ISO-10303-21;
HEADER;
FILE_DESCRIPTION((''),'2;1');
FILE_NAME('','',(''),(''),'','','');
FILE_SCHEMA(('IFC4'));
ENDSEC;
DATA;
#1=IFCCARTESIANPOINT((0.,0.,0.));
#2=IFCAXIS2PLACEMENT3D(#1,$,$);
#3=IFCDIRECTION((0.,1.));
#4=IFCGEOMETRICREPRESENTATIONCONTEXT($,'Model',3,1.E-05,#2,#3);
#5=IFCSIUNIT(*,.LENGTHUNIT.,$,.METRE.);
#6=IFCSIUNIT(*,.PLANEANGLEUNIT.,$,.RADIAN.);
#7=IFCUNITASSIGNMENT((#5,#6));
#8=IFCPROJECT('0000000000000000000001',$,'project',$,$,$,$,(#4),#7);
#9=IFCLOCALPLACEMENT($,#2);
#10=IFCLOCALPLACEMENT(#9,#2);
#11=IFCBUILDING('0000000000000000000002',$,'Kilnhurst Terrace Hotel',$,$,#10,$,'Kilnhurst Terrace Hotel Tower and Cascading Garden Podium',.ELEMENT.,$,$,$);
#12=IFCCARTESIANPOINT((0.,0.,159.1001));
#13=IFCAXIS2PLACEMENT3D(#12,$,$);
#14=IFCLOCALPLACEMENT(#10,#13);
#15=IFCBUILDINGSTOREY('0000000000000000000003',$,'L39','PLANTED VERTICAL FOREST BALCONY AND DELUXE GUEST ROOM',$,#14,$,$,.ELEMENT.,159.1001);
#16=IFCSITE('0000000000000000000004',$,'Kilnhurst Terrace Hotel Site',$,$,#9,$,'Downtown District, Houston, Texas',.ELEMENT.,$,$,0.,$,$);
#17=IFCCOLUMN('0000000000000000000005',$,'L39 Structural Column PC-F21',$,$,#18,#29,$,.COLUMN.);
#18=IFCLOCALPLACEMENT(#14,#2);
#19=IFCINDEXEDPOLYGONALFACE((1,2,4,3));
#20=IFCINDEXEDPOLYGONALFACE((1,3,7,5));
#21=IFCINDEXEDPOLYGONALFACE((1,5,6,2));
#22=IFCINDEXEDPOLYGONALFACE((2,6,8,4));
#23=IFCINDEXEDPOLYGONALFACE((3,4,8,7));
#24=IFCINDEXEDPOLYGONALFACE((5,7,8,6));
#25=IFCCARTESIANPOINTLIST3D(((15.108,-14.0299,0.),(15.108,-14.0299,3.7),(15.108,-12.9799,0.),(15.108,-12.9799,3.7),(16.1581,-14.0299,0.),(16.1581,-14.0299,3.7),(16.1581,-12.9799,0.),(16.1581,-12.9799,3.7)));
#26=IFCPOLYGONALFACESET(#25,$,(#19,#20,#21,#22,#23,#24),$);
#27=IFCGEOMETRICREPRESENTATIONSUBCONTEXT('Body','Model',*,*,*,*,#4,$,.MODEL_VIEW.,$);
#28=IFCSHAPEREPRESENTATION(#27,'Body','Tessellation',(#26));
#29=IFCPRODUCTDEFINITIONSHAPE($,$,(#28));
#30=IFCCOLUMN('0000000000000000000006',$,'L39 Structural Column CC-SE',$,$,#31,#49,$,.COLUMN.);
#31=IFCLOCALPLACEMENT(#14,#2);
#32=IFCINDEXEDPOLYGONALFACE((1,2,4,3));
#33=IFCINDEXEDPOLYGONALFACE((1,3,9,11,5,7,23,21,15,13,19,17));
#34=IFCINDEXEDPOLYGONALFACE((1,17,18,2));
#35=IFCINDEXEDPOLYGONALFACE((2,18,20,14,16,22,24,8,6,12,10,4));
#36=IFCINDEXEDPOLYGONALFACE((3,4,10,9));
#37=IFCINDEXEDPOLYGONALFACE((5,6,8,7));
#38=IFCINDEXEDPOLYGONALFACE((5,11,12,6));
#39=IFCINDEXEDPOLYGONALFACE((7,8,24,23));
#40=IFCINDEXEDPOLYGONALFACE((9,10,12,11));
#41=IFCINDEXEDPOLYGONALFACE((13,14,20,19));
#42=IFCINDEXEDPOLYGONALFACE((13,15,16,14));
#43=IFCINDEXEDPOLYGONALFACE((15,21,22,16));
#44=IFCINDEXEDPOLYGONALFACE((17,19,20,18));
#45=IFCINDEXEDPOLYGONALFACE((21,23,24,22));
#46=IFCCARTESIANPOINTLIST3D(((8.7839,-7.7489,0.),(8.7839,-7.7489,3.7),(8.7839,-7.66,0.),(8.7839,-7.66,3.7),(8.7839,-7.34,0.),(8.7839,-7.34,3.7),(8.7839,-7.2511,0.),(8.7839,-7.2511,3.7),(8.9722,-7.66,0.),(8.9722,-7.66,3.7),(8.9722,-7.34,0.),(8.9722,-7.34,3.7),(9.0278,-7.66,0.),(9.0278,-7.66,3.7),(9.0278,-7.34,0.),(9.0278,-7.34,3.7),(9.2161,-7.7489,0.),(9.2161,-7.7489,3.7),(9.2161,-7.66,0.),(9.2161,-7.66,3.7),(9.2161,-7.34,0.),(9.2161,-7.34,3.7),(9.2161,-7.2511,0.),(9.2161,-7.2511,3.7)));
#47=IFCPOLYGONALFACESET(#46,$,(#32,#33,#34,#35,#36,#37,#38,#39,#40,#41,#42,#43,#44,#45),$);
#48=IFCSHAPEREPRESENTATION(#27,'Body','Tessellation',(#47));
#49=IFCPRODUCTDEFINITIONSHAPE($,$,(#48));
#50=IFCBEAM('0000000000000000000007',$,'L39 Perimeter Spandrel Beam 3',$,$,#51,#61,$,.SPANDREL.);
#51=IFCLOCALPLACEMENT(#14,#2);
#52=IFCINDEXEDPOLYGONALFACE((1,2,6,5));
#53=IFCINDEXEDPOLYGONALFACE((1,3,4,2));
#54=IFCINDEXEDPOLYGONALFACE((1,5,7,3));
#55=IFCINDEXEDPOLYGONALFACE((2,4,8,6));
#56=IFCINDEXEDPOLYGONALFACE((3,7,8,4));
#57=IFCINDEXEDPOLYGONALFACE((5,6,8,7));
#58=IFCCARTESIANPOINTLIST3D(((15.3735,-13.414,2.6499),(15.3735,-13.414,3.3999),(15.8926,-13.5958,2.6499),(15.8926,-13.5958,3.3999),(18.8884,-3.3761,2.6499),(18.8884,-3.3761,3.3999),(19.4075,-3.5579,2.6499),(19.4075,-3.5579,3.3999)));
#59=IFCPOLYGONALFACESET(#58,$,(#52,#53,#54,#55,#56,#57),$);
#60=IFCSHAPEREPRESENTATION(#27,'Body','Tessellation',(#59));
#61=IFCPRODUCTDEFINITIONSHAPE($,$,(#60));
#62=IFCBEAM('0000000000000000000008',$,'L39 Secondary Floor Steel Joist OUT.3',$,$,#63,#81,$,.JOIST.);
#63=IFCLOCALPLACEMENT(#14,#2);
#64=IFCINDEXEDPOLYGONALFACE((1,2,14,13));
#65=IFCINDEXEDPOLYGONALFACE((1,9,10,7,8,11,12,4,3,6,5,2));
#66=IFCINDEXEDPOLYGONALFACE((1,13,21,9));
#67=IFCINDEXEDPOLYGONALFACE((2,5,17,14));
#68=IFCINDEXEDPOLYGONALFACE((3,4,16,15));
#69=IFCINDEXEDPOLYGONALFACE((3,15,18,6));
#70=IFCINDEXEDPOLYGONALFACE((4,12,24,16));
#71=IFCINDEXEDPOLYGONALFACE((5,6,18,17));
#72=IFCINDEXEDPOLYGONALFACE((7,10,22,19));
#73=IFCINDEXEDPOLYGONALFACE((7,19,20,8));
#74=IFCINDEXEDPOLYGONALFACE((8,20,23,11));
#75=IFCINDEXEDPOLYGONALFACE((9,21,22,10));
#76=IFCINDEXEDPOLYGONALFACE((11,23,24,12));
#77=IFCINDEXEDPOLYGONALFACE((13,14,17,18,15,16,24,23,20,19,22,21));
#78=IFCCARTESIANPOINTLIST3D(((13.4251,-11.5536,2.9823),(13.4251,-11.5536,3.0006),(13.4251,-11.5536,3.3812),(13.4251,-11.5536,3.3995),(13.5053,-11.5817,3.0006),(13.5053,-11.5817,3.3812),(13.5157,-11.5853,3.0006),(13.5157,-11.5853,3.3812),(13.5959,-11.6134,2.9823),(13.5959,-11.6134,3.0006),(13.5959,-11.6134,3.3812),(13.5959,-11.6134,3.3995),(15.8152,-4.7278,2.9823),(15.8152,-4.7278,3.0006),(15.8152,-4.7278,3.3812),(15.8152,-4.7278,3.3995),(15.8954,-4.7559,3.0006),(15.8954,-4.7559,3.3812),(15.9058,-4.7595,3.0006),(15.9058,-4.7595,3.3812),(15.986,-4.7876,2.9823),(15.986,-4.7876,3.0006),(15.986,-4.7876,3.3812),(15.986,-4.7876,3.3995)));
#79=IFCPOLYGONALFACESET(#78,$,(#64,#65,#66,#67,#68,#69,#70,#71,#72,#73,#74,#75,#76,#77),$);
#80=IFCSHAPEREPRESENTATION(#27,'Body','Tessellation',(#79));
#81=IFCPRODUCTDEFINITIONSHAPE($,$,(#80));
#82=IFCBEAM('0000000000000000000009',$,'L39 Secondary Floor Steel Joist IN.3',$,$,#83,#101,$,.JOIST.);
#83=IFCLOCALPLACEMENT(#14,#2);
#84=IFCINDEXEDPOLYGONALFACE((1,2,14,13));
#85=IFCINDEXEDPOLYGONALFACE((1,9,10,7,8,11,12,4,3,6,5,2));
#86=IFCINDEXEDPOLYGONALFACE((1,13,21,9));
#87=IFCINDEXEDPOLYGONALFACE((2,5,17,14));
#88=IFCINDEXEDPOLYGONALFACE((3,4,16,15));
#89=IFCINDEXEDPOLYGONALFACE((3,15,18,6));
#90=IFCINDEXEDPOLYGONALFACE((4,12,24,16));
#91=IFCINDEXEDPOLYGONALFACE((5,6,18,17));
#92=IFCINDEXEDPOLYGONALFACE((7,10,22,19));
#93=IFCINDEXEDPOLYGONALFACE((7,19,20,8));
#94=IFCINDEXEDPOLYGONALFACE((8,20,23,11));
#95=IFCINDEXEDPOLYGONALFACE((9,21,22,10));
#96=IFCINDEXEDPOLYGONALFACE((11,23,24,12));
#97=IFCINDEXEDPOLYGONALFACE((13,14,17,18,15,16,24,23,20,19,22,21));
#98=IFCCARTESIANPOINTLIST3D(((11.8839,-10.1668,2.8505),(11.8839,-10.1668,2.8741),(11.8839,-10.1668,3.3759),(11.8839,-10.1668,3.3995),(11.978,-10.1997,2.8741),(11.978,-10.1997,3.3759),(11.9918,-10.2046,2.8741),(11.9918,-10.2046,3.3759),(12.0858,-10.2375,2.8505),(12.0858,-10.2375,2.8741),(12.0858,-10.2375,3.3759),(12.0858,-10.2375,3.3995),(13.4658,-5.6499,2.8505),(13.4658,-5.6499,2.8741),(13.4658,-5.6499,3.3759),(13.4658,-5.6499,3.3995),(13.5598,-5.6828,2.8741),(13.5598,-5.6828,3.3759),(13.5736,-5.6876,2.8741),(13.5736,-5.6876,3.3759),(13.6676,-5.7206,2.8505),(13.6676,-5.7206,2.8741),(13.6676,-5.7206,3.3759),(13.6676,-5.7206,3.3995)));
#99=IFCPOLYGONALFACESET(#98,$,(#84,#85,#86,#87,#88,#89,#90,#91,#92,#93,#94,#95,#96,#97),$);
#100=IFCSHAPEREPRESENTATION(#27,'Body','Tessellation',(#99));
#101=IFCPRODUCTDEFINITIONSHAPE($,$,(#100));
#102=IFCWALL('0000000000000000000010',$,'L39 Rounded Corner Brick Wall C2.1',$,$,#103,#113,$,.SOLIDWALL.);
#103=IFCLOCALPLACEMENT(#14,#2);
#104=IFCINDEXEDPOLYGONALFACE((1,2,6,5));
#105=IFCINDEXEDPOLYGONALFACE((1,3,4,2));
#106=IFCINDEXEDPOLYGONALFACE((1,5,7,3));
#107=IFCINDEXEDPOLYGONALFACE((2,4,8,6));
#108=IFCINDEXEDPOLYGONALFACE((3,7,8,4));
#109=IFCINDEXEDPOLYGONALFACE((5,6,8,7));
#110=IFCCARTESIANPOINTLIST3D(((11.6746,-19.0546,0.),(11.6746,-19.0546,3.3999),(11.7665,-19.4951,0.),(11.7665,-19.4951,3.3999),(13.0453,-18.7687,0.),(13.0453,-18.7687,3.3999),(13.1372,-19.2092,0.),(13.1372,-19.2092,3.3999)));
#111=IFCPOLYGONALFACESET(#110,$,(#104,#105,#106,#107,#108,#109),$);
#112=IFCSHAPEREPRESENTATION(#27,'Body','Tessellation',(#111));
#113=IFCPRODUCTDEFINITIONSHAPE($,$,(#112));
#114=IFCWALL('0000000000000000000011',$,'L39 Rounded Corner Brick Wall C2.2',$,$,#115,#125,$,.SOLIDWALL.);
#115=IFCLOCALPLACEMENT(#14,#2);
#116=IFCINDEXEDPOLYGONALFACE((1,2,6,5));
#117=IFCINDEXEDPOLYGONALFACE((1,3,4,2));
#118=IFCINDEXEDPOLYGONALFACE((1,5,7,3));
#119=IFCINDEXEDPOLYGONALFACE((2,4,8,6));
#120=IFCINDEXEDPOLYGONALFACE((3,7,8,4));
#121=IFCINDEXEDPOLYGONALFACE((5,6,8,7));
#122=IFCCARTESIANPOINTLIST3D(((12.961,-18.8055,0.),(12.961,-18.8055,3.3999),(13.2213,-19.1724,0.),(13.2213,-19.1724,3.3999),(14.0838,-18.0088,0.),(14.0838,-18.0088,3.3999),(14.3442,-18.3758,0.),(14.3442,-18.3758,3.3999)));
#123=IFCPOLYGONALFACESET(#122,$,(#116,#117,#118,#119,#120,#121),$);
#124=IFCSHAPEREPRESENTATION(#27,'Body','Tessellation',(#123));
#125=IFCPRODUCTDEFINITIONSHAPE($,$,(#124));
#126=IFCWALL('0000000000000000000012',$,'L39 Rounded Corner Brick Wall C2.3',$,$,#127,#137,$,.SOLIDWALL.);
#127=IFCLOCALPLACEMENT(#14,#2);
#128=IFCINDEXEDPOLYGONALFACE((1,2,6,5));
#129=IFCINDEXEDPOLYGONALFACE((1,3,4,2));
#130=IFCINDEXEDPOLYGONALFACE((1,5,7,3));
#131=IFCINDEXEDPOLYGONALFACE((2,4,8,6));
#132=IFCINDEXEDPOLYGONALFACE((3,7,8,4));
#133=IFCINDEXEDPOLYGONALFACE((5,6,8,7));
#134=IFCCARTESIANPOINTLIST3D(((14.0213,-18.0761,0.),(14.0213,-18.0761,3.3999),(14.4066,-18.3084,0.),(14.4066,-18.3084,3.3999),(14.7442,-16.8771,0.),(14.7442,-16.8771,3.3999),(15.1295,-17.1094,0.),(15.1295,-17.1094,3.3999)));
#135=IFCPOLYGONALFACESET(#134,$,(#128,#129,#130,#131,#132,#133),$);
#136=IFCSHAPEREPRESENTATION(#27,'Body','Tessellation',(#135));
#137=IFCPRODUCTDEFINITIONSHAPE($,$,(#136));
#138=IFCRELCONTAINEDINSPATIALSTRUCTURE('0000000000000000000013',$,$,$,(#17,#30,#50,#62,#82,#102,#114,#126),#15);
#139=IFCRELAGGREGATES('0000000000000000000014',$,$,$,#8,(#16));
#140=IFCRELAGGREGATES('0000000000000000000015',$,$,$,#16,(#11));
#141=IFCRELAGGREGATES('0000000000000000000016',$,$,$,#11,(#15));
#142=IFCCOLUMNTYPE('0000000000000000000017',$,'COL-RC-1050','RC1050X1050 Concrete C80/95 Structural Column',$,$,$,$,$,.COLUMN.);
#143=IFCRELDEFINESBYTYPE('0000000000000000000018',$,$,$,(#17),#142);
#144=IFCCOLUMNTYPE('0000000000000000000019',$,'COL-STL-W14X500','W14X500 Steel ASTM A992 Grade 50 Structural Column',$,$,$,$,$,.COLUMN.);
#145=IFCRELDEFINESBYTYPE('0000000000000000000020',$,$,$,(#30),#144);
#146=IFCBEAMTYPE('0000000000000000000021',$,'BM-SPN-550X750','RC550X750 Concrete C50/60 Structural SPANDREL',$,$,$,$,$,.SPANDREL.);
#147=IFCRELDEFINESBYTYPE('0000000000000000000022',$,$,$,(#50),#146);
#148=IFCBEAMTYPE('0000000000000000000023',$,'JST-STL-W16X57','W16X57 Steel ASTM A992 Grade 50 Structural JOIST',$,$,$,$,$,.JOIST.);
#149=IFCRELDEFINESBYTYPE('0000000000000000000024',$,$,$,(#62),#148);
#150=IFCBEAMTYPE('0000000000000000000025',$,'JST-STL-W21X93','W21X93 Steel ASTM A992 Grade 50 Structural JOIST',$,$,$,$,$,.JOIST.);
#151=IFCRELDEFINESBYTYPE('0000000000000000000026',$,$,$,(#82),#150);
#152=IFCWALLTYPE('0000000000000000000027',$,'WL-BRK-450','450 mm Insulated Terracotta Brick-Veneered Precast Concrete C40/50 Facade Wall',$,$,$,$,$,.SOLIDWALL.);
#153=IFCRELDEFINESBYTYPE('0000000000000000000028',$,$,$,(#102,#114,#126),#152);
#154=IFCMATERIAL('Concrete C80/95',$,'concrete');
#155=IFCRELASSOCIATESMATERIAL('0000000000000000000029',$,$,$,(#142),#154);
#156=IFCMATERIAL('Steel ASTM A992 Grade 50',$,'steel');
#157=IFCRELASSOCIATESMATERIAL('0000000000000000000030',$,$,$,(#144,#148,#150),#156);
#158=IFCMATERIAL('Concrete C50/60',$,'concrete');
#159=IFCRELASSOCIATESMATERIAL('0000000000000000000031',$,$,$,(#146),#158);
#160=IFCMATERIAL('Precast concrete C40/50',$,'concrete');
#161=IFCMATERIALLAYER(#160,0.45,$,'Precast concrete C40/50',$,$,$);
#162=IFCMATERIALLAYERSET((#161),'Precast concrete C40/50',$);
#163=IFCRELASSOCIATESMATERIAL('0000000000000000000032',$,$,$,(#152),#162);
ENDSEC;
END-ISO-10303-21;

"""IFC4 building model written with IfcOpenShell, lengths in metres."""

from ifc_helpers import new_model, si_unit, direction, frame, frame_2d, origin, origin_2d, place, context, subcontext, project, spatial, rectangle, i_section, extrude, material, layer, layer_set, material_profile, profile_set, type_object, element, save


model = new_model("IFC4")

# Units and contexts
model_context = context("Model", 3, precision=1e-05, world=origin(), true_north=direction((0.0, 1.0)))
body_context = subcontext(model_context, "Body", "Model", "MODEL_VIEW")
ifc_project = project(units=[si_unit("LENGTHUNIT", "METRE"), si_unit("PLANEANGLEUNIT", "RADIAN")], contexts=[model_context])

# Site, building, storey
site_placement = place(None, origin())
site = spatial("IfcSite", under=ifc_project, at=site_placement, Name="Kilnhurst Terrace Hotel Site", LongName="Downtown District, Houston, Texas", CompositionType="ELEMENT", RefElevation=0.0)
building_placement = place(site_placement, origin())
building = spatial("IfcBuilding", under=site, at=building_placement, Name="Kilnhurst Terrace Hotel", LongName="Kilnhurst Terrace Hotel Tower and Cascading Garden Podium", CompositionType="ELEMENT")
storey_placement = place(building_placement, frame((0.0, 0.0, 159.1001)))
storey = spatial("IfcBuildingStorey", under=building, at=storey_placement, Name="L39", Description="PLANTED VERTICAL FOREST BALCONY AND DELUXE GUEST ROOM", CompositionType="ELEMENT", Elevation=159.1001)

# Columns
ifc_material_1 = material(Name="Concrete C80/95", Category="concrete")
ifc_material_profile_1 = material_profile(ifc_material_1, rectangle(XDim=1.05, YDim=1.05, at=origin_2d()), Name="RC1050X1050")
ifc_profile_set_1 = profile_set([ifc_material_profile_1], Name="Concrete C80/95")
column_type_1 = type_object("IfcColumnType", Name="COL-RC-1050", Description="RC1050X1050 Concrete C80/95 Structural Column", PredefinedType="COLUMN", material=ifc_profile_set_1)
column_1_placement = place(storey_placement, frame((15.6331, -13.5049, 0.0), z_axis=(0.0, 0.0, 1.0), x_axis=(1.0, 0.0, 0.0)))
element("IfcColumn", 1, at=column_1_placement, inside=storey, type_object=column_type_1, Name="L39 Structural Column PC-F21", PredefinedType="COLUMN", context=body_context, shape_type="SweptSolid", body=[
    extrude(rectangle(XDim=1.05, YDim=1.05, at=origin_2d()), origin(), (0.0, 0.0, 1.0), 3.7),
])
ifc_material_2 = material(Name="Steel ASTM A992 Grade 50", Category="steel")
ifc_material_profile_2 = material_profile(ifc_material_2, i_section(OverallWidth=0.4321, OverallDepth=0.4978, WebThickness=0.0557, FlangeThickness=0.0889, at=origin_2d()), Name="W14X500")
ifc_profile_set_2 = profile_set([ifc_material_profile_2], Name="Steel ASTM A992 Grade 50")
column_type_2 = type_object("IfcColumnType", Name="COL-STL-W14X500", Description="W14X500 Steel ASTM A992 Grade 50 Structural Column", PredefinedType="COLUMN", material=ifc_profile_set_2)
column_2_placement = place(storey_placement, frame((9.0, -7.5, 0.0), z_axis=(0.0, 0.0, 1.0), x_axis=(1.0, 0.0, 0.0)))
element("IfcColumn", 2, at=column_2_placement, inside=storey, type_object=column_type_2, Name="L39 Structural Column CC-SE", PredefinedType="COLUMN", context=body_context, shape_type="SweptSolid", body=[
    extrude(i_section(OverallWidth=0.4321, OverallDepth=0.4978, WebThickness=0.0557, FlangeThickness=0.0889, at=origin_2d()), origin(), (0.0, 0.0, 1.0), 3.7),
])

# Beams
ifc_material_3 = material(Name="Concrete C50/60", Category="concrete")
ifc_material_profile_3 = material_profile(ifc_material_3, rectangle(XDim=0.55, YDim=0.75, at=origin_2d()), Name="RC550X750")
ifc_profile_set_3 = profile_set([ifc_material_profile_3], Name="Concrete C50/60")
beam_type_1 = type_object("IfcBeamType", Name="BM-SPN-550X750", Description="RC550X750 Concrete C50/60 Structural SPANDREL", PredefinedType="SPANDREL", material=ifc_profile_set_3)
beam_1_placement = place(storey_placement, frame((15.6331, -13.5049, 3.0249), z_axis=(0.330488, 0.94381, 0.0), x_axis=(-0.94381, 0.330488, 0.0)))
element("IfcBeam", 3, at=beam_1_placement, inside=storey, type_object=beam_type_1, Name="L39 Perimeter Spandrel Beam 3", PredefinedType="SPANDREL", context=body_context, shape_type="SweptSolid", body=[
    extrude(rectangle(XDim=0.55, YDim=0.75, at=origin_2d()), origin(), (0.0, 0.0, 1.0), 10.6355),
])
ifc_material_profile_4 = material_profile(ifc_material_2, i_section(OverallWidth=0.1809, OverallDepth=0.4172, WebThickness=0.011, FlangeThickness=0.0183, at=origin_2d()), Name="W16X57")
ifc_profile_set_4 = profile_set([ifc_material_profile_4], Name="Steel ASTM A992 Grade 50")
beam_type_2 = type_object("IfcBeamType", Name="JST-STL-W16X57", Description="W16X57 Steel ASTM A992 Grade 50 Structural JOIST", PredefinedType="JOIST", material=ifc_profile_set_4)
beam_2_placement = place(storey_placement, frame((13.5105, -11.5835, 3.1909), z_axis=(0.330481, 0.943813, 0.0), x_axis=(-0.943813, 0.330481, 0.0)))
element("IfcBeam", 4, at=beam_2_placement, inside=storey, type_object=beam_type_2, Name="L39 Secondary Floor Steel Joist OUT.3", PredefinedType="JOIST", context=body_context, shape_type="SweptSolid", body=[
    extrude(i_section(OverallWidth=0.1809, OverallDepth=0.4172, WebThickness=0.011, FlangeThickness=0.0183, at=origin_2d()), origin(), (0.0, 0.0, 1.0), 7.2322),
])
ifc_material_profile_5 = material_profile(ifc_material_2, i_section(OverallWidth=0.2139, OverallDepth=0.5491, WebThickness=0.0146, FlangeThickness=0.0237, at=origin_2d()), Name="W21X93")
ifc_profile_set_5 = profile_set([ifc_material_profile_5], Name="Steel ASTM A992 Grade 50")
beam_type_3 = type_object("IfcBeamType", Name="JST-STL-W21X93", Description="W21X93 Steel ASTM A992 Grade 50 Structural JOIST", PredefinedType="JOIST", material=ifc_profile_set_5)
beam_3_placement = place(storey_placement, frame((11.9849, -10.2021, 3.125), z_axis=(0.330516, 0.9438, 0.0), x_axis=(-0.9438, 0.330516, 0.0)))
element("IfcBeam", 5, at=beam_3_placement, inside=storey, type_object=beam_type_3, Name="L39 Secondary Floor Steel Joist IN.3", PredefinedType="JOIST", context=body_context, shape_type="SweptSolid", body=[
    extrude(i_section(OverallWidth=0.2139, OverallDepth=0.5491, WebThickness=0.0146, FlangeThickness=0.0237, at=origin_2d()), origin(), (0.0, 0.0, 1.0), 4.7859),
])

# Walls
ifc_material_4 = material(Name="Precast concrete C40/50", Category="concrete")
ifc_layer_1 = layer(ifc_material_4, 0.45, Name="Precast concrete C40/50")
ifc_layer_set_1 = layer_set([ifc_layer_1], Name="Precast concrete C40/50")
wall_type_1 = type_object("IfcWallType", Name="WL-BRK-450", Description="450 mm Insulated Terracotta Brick-Veneered Precast Concrete C40/50 Facade Wall", PredefinedType="SOLIDWALL", material=ifc_layer_set_1)
wall_1_placement = place(storey_placement, frame((11.7205, -19.2749, 0.0), z_axis=(0.0, 0.0, 1.0), x_axis=(0.978931, 0.204191, 0.0)))
element("IfcWall", 6, at=wall_1_placement, inside=storey, type_object=wall_type_1, Name="L39 Rounded Corner Brick Wall C2.1", PredefinedType="SOLIDWALL", context=body_context, shape_type="SweptSolid", body=[
    extrude(rectangle(XDim=1.4001, YDim=0.45, at=frame_2d((0.7002, 0.0))), origin(), (0.0, 0.0, 1.0), 3.3999),
])
wall_2_placement = place(storey_placement, frame((13.0911, -18.989, 0.0), z_axis=(0.0, 0.0, 1.0), x_axis=(0.815575, 0.578652, 0.0)))
element("IfcWall", 7, at=wall_2_placement, inside=storey, type_object=wall_type_1, Name="L39 Rounded Corner Brick Wall C2.2", PredefinedType="SOLIDWALL", context=body_context, shape_type="SweptSolid", body=[
    extrude(rectangle(XDim=1.3767, YDim=0.45, at=frame_2d((0.6885, 0.0))), origin(), (0.0, 0.0, 1.0), 3.3999),
])
wall_3_placement = place(storey_placement, frame((14.2139, -18.1924, 0.0), z_axis=(0.0, 0.0, 1.0), x_axis=(0.516341, 0.856383, 0.0)))
element("IfcWall", 8, at=wall_3_placement, inside=storey, type_object=wall_type_1, Name="L39 Rounded Corner Brick Wall C2.3", PredefinedType="SOLIDWALL", context=body_context, shape_type="SweptSolid", body=[
    extrude(rectangle(XDim=1.4001, YDim=0.45, at=frame_2d((0.7002, 0.0))), origin(), (0.0, 0.0, 1.0), 3.3999),
])

save(model, "model.ifc")
